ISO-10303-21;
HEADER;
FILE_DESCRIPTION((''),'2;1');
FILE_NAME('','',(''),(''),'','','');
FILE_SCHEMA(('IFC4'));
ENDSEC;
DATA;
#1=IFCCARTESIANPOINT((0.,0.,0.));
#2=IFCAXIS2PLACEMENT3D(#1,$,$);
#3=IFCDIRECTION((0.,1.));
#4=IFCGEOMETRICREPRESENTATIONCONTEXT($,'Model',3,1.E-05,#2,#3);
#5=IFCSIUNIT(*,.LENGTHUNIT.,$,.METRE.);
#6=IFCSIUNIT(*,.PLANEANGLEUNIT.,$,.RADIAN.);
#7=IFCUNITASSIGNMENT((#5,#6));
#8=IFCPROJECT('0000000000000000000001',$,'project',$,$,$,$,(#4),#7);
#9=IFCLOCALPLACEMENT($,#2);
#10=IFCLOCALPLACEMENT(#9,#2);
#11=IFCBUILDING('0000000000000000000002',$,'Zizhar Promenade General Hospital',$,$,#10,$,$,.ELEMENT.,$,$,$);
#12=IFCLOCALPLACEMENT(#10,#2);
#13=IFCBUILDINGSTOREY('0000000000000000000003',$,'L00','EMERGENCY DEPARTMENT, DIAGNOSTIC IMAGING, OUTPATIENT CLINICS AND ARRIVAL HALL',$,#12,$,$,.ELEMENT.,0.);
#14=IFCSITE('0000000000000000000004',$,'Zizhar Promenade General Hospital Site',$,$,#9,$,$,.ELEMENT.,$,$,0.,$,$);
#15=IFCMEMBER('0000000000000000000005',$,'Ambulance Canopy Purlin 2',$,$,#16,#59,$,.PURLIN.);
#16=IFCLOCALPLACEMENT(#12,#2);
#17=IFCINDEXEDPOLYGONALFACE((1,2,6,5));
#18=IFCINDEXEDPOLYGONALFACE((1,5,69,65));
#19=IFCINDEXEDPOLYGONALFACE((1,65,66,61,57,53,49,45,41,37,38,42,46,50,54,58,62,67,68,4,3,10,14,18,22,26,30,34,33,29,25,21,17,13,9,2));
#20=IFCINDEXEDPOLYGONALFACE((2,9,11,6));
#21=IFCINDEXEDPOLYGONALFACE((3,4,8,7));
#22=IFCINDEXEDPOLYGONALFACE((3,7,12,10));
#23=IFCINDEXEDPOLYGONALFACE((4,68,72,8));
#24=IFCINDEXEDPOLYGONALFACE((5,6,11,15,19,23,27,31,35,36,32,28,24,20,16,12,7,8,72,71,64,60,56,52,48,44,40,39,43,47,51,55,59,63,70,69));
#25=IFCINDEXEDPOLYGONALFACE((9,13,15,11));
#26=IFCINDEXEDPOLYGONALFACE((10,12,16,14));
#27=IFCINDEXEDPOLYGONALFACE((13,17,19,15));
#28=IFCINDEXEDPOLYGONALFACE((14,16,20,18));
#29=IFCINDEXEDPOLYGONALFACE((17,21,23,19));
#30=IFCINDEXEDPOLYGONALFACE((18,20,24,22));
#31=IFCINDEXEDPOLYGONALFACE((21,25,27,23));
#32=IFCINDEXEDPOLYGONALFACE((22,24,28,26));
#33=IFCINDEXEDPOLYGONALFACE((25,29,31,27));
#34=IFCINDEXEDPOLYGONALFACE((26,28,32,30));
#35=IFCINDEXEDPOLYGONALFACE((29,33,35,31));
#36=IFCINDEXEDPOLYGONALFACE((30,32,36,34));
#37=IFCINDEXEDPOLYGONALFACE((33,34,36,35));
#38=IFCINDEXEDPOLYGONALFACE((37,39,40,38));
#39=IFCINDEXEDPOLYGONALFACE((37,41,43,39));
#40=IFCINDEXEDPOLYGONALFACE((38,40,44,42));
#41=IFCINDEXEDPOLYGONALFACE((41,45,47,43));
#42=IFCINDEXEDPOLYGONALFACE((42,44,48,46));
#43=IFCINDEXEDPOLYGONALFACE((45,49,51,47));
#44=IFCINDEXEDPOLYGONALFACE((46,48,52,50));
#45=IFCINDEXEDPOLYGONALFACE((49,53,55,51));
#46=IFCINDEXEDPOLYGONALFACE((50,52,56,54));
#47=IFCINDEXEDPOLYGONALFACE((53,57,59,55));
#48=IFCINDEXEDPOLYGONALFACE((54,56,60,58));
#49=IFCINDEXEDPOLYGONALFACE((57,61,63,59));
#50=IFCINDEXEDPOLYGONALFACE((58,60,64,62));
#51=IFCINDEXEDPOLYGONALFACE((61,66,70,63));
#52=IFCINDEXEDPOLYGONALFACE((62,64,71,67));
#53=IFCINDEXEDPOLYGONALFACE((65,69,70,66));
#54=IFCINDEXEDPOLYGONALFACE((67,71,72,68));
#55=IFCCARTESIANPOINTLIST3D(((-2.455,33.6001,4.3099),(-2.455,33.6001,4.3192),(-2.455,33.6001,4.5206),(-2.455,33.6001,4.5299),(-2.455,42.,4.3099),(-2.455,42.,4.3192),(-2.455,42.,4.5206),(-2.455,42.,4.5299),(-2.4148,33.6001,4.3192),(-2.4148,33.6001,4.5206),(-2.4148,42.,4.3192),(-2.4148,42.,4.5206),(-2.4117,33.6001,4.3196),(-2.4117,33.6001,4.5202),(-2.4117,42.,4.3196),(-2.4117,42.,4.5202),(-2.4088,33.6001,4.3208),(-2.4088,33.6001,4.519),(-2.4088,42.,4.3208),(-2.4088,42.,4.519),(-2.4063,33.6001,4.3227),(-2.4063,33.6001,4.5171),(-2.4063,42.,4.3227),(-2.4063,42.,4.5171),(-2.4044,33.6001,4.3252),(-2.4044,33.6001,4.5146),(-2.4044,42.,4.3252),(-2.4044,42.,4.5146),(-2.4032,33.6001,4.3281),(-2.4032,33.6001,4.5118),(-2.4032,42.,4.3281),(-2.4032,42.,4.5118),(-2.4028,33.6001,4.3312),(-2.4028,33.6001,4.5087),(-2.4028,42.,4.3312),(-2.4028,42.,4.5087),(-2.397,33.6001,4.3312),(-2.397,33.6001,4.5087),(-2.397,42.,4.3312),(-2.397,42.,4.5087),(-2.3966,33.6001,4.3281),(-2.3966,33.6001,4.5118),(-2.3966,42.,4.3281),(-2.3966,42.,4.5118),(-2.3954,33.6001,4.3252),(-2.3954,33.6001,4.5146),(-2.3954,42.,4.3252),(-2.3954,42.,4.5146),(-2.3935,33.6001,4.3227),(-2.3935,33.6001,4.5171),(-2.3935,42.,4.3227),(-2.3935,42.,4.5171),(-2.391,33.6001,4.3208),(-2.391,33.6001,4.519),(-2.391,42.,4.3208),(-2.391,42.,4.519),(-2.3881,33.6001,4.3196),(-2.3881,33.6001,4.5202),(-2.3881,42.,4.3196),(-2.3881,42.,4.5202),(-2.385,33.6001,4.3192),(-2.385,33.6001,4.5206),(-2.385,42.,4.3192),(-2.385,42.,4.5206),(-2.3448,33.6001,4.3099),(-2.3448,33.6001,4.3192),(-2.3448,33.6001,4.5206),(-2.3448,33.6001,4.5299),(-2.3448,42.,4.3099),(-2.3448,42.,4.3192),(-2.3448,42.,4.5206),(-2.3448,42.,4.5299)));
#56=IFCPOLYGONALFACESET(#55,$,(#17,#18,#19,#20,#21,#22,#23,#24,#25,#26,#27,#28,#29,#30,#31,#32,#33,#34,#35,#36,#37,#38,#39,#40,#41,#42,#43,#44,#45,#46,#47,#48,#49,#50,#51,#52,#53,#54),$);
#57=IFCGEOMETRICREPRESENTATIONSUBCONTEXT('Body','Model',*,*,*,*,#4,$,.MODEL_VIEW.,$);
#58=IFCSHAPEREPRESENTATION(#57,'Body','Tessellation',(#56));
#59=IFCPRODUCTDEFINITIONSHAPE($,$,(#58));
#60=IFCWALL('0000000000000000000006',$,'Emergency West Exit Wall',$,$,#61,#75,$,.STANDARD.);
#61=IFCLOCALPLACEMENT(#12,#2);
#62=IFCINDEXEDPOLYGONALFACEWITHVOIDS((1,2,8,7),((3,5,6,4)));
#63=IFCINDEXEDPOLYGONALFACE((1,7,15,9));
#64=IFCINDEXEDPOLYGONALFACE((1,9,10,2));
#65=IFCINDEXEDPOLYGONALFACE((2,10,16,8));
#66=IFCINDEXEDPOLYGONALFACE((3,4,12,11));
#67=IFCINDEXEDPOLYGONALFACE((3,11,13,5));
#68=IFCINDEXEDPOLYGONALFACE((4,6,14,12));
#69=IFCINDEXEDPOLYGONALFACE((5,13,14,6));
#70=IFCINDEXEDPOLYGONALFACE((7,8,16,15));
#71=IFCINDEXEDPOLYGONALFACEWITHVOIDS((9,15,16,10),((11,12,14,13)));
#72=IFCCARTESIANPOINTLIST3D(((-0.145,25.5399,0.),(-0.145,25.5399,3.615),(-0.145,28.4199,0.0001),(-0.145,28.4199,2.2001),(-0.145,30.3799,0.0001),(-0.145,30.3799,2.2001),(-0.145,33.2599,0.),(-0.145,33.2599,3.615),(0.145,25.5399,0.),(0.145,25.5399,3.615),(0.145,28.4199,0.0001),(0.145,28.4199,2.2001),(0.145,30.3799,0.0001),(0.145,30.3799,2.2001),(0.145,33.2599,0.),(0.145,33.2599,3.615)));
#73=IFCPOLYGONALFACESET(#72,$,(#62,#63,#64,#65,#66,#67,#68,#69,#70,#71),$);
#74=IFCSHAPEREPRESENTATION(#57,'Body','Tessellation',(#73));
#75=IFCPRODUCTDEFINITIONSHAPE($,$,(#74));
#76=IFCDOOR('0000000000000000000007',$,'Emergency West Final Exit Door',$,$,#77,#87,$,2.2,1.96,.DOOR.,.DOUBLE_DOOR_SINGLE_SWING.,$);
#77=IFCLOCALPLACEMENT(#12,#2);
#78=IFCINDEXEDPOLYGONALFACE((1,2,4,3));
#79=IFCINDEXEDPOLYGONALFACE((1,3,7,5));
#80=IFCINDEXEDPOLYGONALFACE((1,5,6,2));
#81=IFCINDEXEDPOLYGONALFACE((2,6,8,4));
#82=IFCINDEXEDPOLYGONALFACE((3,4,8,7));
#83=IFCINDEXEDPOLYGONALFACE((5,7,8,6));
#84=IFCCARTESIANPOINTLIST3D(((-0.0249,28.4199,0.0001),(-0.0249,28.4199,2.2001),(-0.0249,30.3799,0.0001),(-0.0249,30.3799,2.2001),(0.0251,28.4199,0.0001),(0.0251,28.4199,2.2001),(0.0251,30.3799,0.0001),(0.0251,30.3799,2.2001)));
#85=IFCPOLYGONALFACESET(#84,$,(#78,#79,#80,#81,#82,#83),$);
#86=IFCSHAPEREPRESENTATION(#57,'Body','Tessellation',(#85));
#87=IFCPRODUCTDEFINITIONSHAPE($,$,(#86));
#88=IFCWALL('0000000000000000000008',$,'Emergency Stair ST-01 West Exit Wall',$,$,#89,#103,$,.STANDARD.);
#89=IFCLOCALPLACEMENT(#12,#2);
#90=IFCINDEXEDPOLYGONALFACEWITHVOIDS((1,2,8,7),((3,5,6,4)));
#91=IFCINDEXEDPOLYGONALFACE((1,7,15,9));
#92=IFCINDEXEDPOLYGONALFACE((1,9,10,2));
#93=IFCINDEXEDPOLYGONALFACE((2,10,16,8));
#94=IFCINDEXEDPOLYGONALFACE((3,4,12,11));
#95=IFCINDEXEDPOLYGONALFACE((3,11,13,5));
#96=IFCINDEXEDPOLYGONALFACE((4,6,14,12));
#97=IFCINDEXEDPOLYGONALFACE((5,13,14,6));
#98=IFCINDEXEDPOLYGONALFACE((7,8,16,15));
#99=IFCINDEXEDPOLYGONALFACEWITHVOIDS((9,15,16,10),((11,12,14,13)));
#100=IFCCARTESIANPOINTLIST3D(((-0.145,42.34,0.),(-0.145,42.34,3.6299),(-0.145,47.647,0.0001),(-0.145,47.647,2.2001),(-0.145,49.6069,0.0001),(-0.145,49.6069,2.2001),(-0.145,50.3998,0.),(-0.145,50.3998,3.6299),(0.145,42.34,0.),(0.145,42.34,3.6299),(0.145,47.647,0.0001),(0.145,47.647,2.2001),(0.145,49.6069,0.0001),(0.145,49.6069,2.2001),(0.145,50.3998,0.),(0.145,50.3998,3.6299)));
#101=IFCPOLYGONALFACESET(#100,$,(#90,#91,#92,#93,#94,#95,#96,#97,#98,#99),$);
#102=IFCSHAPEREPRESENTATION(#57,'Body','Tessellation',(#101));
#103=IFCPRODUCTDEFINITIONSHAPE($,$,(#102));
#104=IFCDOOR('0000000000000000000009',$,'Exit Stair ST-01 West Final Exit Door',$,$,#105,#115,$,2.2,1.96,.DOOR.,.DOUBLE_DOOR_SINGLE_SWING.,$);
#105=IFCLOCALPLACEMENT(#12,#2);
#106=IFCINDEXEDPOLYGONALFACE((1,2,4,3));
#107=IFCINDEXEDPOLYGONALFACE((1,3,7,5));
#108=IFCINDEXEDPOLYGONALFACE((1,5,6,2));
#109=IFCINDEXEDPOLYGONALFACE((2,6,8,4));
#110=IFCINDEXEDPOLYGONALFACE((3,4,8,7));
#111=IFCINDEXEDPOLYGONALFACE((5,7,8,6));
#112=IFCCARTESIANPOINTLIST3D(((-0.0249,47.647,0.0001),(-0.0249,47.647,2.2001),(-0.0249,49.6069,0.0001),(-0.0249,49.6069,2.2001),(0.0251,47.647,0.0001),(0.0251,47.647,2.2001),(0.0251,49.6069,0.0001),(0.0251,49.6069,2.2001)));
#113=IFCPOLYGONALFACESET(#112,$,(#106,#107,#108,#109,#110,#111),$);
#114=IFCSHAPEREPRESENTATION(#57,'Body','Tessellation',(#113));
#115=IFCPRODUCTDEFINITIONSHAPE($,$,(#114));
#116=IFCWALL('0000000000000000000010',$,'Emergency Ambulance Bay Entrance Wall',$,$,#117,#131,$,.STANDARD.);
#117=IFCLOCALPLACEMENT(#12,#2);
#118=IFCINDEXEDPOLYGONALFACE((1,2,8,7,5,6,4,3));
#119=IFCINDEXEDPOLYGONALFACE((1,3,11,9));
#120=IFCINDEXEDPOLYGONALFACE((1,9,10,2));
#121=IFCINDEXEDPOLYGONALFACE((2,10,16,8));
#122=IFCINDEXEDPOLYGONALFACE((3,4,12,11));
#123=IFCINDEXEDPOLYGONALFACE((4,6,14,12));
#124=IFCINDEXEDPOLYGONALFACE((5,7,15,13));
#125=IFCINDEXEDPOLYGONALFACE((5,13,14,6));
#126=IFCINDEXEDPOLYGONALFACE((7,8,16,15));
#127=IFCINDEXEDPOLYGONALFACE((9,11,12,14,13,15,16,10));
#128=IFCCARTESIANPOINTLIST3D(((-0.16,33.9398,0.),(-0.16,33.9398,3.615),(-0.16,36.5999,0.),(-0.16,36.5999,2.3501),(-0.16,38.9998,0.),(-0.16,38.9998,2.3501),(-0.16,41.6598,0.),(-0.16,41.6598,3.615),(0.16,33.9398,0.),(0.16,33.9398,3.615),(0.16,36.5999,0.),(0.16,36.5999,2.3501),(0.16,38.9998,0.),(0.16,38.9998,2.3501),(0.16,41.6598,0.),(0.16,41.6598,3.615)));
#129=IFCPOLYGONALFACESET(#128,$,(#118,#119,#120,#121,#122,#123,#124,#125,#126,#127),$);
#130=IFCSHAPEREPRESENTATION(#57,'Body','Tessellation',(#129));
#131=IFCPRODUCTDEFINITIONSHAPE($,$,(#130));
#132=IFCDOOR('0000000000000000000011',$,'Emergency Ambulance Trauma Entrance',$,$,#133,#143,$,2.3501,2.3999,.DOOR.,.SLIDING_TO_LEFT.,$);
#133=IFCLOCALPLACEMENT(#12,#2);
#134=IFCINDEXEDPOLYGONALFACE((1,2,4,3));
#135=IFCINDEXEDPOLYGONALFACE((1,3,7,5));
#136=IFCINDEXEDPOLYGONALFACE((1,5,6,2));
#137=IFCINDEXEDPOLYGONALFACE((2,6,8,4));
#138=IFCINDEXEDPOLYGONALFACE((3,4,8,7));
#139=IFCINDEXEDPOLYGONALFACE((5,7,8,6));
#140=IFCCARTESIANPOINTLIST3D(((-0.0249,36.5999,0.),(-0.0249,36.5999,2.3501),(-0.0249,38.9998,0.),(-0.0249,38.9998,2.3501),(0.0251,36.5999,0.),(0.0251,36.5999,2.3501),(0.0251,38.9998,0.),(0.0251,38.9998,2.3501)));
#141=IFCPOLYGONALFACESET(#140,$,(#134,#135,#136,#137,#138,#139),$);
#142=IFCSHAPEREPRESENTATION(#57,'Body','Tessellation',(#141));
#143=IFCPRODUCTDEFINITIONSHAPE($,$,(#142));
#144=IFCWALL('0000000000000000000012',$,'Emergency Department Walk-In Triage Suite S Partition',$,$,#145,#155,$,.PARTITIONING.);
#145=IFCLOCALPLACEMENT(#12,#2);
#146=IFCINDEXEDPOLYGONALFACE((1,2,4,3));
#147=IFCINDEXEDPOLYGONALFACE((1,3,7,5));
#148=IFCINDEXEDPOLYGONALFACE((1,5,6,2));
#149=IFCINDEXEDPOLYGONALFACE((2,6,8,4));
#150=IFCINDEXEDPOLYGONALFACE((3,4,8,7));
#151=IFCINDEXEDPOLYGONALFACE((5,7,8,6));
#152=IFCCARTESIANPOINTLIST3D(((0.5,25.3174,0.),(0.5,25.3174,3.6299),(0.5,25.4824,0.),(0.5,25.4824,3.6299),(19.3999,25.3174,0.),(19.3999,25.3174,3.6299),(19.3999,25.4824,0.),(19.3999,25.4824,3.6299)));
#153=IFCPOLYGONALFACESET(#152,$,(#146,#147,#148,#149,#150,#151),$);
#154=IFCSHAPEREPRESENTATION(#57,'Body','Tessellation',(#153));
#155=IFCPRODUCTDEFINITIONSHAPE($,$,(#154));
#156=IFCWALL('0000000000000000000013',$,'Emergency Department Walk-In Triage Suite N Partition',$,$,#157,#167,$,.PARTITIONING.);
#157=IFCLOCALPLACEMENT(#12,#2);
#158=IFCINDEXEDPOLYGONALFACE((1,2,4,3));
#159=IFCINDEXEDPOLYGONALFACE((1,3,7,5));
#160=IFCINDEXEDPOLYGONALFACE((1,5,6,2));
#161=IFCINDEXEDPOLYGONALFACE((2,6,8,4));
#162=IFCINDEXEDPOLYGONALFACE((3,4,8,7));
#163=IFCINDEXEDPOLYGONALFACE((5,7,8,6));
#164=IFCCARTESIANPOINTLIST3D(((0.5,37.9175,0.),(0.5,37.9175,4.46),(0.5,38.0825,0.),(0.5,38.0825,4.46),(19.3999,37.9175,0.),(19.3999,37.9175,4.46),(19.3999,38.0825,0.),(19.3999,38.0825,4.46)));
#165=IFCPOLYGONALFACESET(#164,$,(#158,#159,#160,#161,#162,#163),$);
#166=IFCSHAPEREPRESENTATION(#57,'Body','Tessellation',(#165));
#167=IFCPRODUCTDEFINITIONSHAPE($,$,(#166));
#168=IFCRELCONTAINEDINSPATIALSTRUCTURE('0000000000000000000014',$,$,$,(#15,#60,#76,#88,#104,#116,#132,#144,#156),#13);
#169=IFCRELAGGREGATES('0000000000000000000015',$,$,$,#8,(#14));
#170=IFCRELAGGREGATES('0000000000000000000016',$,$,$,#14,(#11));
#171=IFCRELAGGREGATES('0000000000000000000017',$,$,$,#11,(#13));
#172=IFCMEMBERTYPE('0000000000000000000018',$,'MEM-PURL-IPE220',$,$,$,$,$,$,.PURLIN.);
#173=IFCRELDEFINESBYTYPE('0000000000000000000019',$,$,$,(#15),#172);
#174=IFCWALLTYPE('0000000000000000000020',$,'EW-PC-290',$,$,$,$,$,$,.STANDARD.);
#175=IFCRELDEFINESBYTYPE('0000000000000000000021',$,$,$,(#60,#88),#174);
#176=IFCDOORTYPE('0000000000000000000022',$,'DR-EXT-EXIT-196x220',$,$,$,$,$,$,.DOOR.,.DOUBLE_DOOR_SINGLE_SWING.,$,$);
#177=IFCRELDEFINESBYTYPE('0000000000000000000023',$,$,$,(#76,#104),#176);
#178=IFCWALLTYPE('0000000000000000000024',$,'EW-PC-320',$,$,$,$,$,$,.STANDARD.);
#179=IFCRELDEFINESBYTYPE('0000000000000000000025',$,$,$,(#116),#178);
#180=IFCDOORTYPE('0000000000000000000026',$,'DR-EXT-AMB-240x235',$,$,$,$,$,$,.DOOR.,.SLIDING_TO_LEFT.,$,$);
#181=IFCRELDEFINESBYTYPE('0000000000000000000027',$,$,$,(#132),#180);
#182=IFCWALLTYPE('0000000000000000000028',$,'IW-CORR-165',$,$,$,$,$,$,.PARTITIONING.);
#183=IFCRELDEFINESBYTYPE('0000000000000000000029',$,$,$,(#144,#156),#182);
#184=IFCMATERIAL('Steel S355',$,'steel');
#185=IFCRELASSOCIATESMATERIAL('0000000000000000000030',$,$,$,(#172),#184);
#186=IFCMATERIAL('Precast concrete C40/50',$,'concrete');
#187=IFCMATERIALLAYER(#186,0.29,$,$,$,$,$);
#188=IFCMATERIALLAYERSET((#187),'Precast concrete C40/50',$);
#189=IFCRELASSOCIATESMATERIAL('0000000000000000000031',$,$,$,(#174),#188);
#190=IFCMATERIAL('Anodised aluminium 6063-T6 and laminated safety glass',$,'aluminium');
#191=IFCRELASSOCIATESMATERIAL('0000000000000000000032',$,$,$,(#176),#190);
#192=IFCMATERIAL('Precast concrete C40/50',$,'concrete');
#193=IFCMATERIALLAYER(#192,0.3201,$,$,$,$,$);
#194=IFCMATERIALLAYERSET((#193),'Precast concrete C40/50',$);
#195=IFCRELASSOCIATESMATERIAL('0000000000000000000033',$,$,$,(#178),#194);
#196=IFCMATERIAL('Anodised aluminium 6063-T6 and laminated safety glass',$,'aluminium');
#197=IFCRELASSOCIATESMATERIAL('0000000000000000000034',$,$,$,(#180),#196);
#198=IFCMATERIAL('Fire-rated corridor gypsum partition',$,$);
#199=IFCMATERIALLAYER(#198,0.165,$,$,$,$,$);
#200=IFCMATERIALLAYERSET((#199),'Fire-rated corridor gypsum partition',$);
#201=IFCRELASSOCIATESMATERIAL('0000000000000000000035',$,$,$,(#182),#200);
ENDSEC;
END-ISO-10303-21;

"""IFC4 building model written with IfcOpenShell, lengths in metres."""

from ifc_helpers import new_model, si_unit, direction, frame, frame_2d, origin, origin_2d, place, context, subcontext, project, spatial, rectangle, i_section, extrude, material, layer, layer_set, material_profile, profile_set, type_object, element, fill, save


model = new_model("IFC4")

# Units and contexts
model_context = context("Model", 3, precision=1e-05, world=origin(), true_north=direction((0.0, 1.0)))
body_context = subcontext(model_context, "Body", "Model", "MODEL_VIEW")
ifc_project = project(units=[si_unit("LENGTHUNIT", "METRE"), si_unit("PLANEANGLEUNIT", "RADIAN")], contexts=[model_context])

# Site, building, storey
site_placement = place(None, origin())
site = spatial("IfcSite", under=ifc_project, at=site_placement, Name="Zizhar Promenade General Hospital Site", CompositionType="ELEMENT", RefElevation=0.0)
building_placement = place(site_placement, origin())
building = spatial("IfcBuilding", under=site, at=building_placement, Name="Zizhar Promenade General Hospital", CompositionType="ELEMENT")
storey_placement = place(building_placement, origin())
storey = spatial("IfcBuildingStorey", under=building, at=storey_placement, Name="L00", Description="EMERGENCY DEPARTMENT, DIAGNOSTIC IMAGING, OUTPATIENT CLINICS AND ARRIVAL HALL", CompositionType="ELEMENT", Elevation=0.0)

# Member
ifc_material_1 = material(Name="Steel S355", Category="steel")
ifc_material_profile_1 = material_profile(ifc_material_1, i_section(OverallWidth=0.1101, OverallDepth=0.22, WebThickness=0.0059, FlangeThickness=0.0093, FilletRadius=0.012, at=origin_2d()))
ifc_profile_set_1 = profile_set([ifc_material_profile_1], Name="Steel S355")
member_type = type_object("IfcMemberType", Name="MEM-PURL-IPE220", PredefinedType="PURLIN", material=ifc_profile_set_1)
member_placement = place(storey_placement, frame((-2.3999, 33.6001, 4.4199), z_axis=(0.0, 1.0, 0.0), x_axis=(-1.0, 0.0, 0.0)))
element("IfcMember", 1, at=member_placement, inside=storey, type_object=member_type, Name="Ambulance Canopy Purlin 2", PredefinedType="PURLIN", context=body_context, shape_type="SweptSolid", body=[
    extrude(i_section(OverallWidth=0.1101, OverallDepth=0.22, WebThickness=0.0059, FlangeThickness=0.0093, FilletRadius=0.012, at=origin_2d()), origin(), (0.0, 0.0, 1.0), 8.3999),
])

# Walls, openings, doors
ifc_material_2 = material(Name="Precast concrete C40/50", Category="concrete")
ifc_layer_1 = layer(ifc_material_2, 0.29)
ifc_layer_set_1 = layer_set([ifc_layer_1], Name="Precast concrete C40/50")
wall_type_1 = type_object("IfcWallType", Name="EW-PC-290", PredefinedType="STANDARD", material=ifc_layer_set_1)
wall_1_placement = place(storey_placement, frame((0.0, 25.54, 0.0), z_axis=(0.0, 0.0, 1.0), x_axis=(0.0, 1.0, 0.0)))
wall_1 = element("IfcWall", 2, at=wall_1_placement, inside=storey, type_object=wall_type_1, Name="Emergency West Exit Wall", PredefinedType="STANDARD", context=body_context, shape_type="SweptSolid", body=[
    extrude(rectangle(XDim=7.72, YDim=0.29, at=frame_2d((3.8599, 0.0))), origin(), (0.0, 0.0, 1.0), 3.615),
])
opening_1_placement = place(wall_1_placement, frame((2.8799, 0.0, 0.0)))
opening_1 = element("IfcOpeningElement", 3, at=opening_1_placement, cuts=wall_1, PredefinedType="OPENING", context=body_context, shape_type="SweptSolid", body=[
    extrude(rectangle(XDim=1.96, YDim=2.2, at=frame_2d((0.98, 1.1001))), frame((0.0, 0.155, 0.0), z_axis=(0.0, -1.0, 0.0), x_axis=(1.0, 0.0, 0.0)), (0.0, 0.0, 1.0), 0.3101),
])
ifc_material_3 = material(Name="Anodised aluminium 6063-T6 and laminated safety glass", Category="aluminium")
door_type_1 = type_object("IfcDoorType", Name="DR-EXT-EXIT-196x220", OperationType="DOUBLE_DOOR_SINGLE_SWING", PredefinedType="DOOR", material=ifc_material_3)
door_1_placement = place(opening_1_placement, origin())
door_1 = element("IfcDoor", 4, at=door_1_placement, inside=storey, type_object=door_type_1, Name="Emergency West Final Exit Door", OperationType="DOUBLE_DOOR_SINGLE_SWING", OverallHeight=2.2, OverallWidth=1.96, PredefinedType="DOOR", context=body_context, shape_type="SweptSolid", body=[
    extrude(rectangle(XDim=1.96, YDim=2.2, at=frame_2d((0.98, 1.1001))), frame((0.0, 0.0249, 0.0), z_axis=(0.0, -1.0, 0.0), x_axis=(1.0, 0.0, 0.0)), (0.0, 0.0, 1.0), 0.05),
])
fill(opening_1, door_1)
wall_2_placement = place(storey_placement, frame((0.0, 42.3401, 0.0), z_axis=(0.0, 0.0, 1.0), x_axis=(0.0, 1.0, 0.0)))
wall_2 = element("IfcWall", 5, at=wall_2_placement, inside=storey, type_object=wall_type_1, Name="Emergency Stair ST-01 West Exit Wall", PredefinedType="STANDARD", context=body_context, shape_type="SweptSolid", body=[
    extrude(rectangle(XDim=8.0598, YDim=0.29, at=frame_2d((4.0298, 0.0))), origin(), (0.0, 0.0, 1.0), 3.6299),
])
opening_2_placement = place(wall_2_placement, frame((5.3069, 0.0, 0.0)))
opening_2 = element("IfcOpeningElement", 6, at=opening_2_placement, cuts=wall_2, PredefinedType="OPENING", context=body_context, shape_type="SweptSolid", body=[
    extrude(rectangle(XDim=1.96, YDim=2.2, at=frame_2d((0.98, 1.1001))), frame((0.0, 0.155, 0.0), z_axis=(0.0, -1.0, 0.0), x_axis=(1.0, 0.0, 0.0)), (0.0, 0.0, 1.0), 0.3101),
])
door_2_placement = place(opening_2_placement, origin())
door_2 = element("IfcDoor", 7, at=door_2_placement, inside=storey, type_object=door_type_1, Name="Exit Stair ST-01 West Final Exit Door", OperationType="DOUBLE_DOOR_SINGLE_SWING", OverallHeight=2.2, OverallWidth=1.96, PredefinedType="DOOR", context=body_context, shape_type="SweptSolid", body=[
    extrude(rectangle(XDim=1.96, YDim=2.2, at=frame_2d((0.98, 1.1001))), frame((0.0, 0.0249, 0.0), z_axis=(0.0, -1.0, 0.0), x_axis=(1.0, 0.0, 0.0)), (0.0, 0.0, 1.0), 0.05),
])
fill(opening_2, door_2)
ifc_material_4 = material(Name="Precast concrete C40/50", Category="concrete")
ifc_layer_2 = layer(ifc_material_4, 0.3201)
ifc_layer_set_2 = layer_set([ifc_layer_2], Name="Precast concrete C40/50")
wall_type_2 = type_object("IfcWallType", Name="EW-PC-320", PredefinedType="STANDARD", material=ifc_layer_set_2)
wall_3_placement = place(storey_placement, frame((0.0, 33.9399, 0.0), z_axis=(0.0, 0.0, 1.0), x_axis=(0.0, 1.0, 0.0)))
wall_3 = element("IfcWall", 8, at=wall_3_placement, inside=storey, type_object=wall_type_2, Name="Emergency Ambulance Bay Entrance Wall", PredefinedType="STANDARD", context=body_context, shape_type="SweptSolid", body=[
    extrude(rectangle(XDim=7.72, YDim=0.3201, at=frame_2d((3.8599, 0.0))), origin(), (0.0, 0.0, 1.0), 3.615),
])
opening_3_placement = place(wall_3_placement, frame((2.6599, 0.0, 0.0)))
opening_3 = element("IfcOpeningElement", 9, at=opening_3_placement, cuts=wall_3, PredefinedType="OPENING", context=body_context, shape_type="SweptSolid", body=[
    extrude(rectangle(XDim=2.3999, YDim=2.3501, at=frame_2d((1.2, 1.175))), frame((0.0, 0.1699, 0.0), z_axis=(0.0, -1.0, 0.0), x_axis=(1.0, 0.0, 0.0)), (0.0, 0.0, 1.0), 0.3401),
])
ifc_material_5 = material(Name="Anodised aluminium 6063-T6 and laminated safety glass", Category="aluminium")
door_type_2 = type_object("IfcDoorType", Name="DR-EXT-AMB-240x235", OperationType="SLIDING_TO_LEFT", PredefinedType="DOOR", material=ifc_material_5)
door_3_placement = place(opening_3_placement, origin())
door_3 = element("IfcDoor", 10, at=door_3_placement, inside=storey, type_object=door_type_2, Name="Emergency Ambulance Trauma Entrance", OperationType="SLIDING_TO_LEFT", OverallHeight=2.3501, OverallWidth=2.3999, PredefinedType="DOOR", context=body_context, shape_type="SweptSolid", body=[
    extrude(rectangle(XDim=2.3999, YDim=2.3501, at=frame_2d((1.2, 1.175))), frame((0.0, 0.0249, 0.0), z_axis=(0.0, -1.0, 0.0), x_axis=(1.0, 0.0, 0.0)), (0.0, 0.0, 1.0), 0.05),
])
fill(opening_3, door_3)

# Walls
ifc_material_6 = material(Name="Fire-rated corridor gypsum partition")
ifc_layer_3 = layer(ifc_material_6, 0.165)
ifc_layer_set_3 = layer_set([ifc_layer_3], Name="Fire-rated corridor gypsum partition")
wall_type_3 = type_object("IfcWallType", Name="IW-CORR-165", PredefinedType="PARTITIONING", material=ifc_layer_set_3)
wall_4_placement = place(storey_placement, frame((0.5, 25.3999, 0.0), z_axis=(0.0, 0.0, 1.0), x_axis=(1.0, 0.0, 0.0)))
element("IfcWall", 11, at=wall_4_placement, inside=storey, type_object=wall_type_3, Name="Emergency Department Walk-In Triage Suite S Partition", PredefinedType="PARTITIONING", context=body_context, shape_type="SweptSolid", body=[
    extrude(rectangle(XDim=18.8999, YDim=0.165, at=frame_2d((9.45, 0.0))), origin(), (0.0, 0.0, 1.0), 3.6299),
])
wall_5_placement = place(storey_placement, frame((0.5, 38.0, 0.0), z_axis=(0.0, 0.0, 1.0), x_axis=(1.0, 0.0, 0.0)))
element("IfcWall", 12, at=wall_5_placement, inside=storey, type_object=wall_type_3, Name="Emergency Department Walk-In Triage Suite N Partition", PredefinedType="PARTITIONING", context=body_context, shape_type="SweptSolid", body=[
    extrude(rectangle(XDim=18.8999, YDim=0.165, at=frame_2d((9.45, 0.0))), origin(), (0.0, 0.0, 1.0), 4.46),
])

save(model, "model.ifc")
